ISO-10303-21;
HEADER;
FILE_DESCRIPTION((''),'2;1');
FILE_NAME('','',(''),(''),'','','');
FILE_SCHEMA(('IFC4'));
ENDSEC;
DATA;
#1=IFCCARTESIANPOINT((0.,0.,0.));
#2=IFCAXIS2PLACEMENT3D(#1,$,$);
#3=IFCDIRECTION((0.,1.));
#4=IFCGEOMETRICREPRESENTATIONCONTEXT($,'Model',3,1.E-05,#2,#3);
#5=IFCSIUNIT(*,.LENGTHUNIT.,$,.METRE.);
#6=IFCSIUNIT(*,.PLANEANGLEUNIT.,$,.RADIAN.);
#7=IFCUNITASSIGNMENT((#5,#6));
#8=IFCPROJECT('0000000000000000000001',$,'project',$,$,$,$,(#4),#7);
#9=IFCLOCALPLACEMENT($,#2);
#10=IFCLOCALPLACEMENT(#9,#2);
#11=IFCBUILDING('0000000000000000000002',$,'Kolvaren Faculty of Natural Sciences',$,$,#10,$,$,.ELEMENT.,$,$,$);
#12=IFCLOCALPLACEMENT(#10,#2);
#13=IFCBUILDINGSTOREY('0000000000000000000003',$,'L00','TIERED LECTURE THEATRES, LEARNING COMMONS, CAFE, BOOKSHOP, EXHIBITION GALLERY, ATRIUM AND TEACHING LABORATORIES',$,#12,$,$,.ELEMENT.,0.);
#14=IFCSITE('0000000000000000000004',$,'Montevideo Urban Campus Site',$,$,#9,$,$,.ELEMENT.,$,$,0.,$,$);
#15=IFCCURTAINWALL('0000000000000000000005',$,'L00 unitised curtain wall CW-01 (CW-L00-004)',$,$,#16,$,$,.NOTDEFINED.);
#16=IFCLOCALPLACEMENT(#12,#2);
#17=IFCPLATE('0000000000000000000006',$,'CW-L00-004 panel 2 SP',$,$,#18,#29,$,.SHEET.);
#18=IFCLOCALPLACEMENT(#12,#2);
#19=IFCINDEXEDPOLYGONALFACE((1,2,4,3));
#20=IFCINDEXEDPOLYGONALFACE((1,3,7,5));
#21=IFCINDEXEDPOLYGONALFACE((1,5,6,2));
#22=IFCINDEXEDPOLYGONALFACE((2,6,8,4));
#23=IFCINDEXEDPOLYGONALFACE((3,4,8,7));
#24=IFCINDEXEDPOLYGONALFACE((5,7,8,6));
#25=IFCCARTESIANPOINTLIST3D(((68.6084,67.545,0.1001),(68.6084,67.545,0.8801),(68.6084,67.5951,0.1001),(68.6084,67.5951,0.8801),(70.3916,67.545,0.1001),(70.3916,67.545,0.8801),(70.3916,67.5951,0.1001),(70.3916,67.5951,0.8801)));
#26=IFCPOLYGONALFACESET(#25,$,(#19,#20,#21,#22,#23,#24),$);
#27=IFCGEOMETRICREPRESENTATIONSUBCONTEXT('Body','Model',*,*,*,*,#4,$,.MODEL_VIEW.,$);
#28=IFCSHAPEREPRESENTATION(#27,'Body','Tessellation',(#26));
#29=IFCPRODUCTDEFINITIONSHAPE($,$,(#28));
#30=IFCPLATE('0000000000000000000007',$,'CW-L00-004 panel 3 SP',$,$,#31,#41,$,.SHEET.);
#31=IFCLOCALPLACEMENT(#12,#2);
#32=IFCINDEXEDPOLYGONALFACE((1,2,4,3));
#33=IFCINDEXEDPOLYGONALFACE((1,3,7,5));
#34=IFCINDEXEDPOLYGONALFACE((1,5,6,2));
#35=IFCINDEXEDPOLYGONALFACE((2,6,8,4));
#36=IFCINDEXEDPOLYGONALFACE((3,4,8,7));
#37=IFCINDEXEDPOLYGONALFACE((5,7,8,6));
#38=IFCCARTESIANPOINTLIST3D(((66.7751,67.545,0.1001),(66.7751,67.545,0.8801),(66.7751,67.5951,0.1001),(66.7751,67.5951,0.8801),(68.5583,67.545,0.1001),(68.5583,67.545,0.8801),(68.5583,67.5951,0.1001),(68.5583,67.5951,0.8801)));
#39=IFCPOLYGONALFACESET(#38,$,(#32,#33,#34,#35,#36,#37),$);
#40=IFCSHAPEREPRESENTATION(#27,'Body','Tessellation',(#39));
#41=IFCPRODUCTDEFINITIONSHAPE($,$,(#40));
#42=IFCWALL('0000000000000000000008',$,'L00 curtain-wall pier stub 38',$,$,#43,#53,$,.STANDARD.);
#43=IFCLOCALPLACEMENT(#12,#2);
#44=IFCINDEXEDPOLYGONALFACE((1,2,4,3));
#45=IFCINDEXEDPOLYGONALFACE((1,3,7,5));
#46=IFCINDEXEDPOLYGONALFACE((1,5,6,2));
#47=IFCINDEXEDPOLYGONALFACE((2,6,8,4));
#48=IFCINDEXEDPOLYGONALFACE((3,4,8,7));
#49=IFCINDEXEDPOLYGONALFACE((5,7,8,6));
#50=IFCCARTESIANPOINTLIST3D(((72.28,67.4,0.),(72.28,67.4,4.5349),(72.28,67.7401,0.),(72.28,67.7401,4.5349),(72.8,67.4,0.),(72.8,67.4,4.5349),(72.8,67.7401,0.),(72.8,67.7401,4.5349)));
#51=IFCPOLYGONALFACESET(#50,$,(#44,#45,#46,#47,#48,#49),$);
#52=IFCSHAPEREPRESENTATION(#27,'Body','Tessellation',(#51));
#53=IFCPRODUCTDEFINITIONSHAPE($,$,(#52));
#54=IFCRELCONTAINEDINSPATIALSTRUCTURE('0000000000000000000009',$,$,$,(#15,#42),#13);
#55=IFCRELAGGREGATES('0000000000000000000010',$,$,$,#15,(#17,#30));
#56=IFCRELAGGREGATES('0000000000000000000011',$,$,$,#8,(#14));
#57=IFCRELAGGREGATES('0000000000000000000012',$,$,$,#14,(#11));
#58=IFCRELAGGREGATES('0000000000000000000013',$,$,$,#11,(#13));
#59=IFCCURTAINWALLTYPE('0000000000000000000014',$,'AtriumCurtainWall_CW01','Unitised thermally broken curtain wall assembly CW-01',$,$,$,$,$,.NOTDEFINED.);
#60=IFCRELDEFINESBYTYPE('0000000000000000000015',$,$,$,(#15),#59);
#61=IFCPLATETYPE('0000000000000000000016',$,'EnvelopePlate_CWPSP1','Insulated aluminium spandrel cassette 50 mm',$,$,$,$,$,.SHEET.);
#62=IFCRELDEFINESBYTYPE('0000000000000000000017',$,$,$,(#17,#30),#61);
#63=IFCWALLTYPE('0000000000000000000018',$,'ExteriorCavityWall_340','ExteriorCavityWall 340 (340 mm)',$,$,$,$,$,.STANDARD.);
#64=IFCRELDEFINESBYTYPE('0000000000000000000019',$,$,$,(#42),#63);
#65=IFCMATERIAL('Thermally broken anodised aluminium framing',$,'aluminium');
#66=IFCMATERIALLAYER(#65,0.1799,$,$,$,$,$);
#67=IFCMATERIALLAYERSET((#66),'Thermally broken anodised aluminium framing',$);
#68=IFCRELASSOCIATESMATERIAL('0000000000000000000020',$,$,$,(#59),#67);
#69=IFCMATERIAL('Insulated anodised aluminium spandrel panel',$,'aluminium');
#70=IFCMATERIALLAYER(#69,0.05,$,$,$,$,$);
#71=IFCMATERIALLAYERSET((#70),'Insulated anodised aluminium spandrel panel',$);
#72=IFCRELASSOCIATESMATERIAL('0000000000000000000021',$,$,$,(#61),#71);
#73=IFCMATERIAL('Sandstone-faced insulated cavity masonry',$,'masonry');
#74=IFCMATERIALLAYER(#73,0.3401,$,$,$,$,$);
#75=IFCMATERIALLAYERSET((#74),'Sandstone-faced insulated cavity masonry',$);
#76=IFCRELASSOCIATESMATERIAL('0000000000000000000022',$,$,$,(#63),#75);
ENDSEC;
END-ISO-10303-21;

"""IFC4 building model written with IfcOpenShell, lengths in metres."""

from ifc_helpers import new_model, si_unit, direction, frame, frame_2d, origin, origin_2d, place, context, subcontext, project, spatial, rectangle, extrude, material, layer, layer_set, type_object, element, aggregate, save


model = new_model("IFC4")

# Units and contexts
model_context = context("Model", 3, precision=1e-05, world=origin(), true_north=direction((0.0, 1.0)))
body_context = subcontext(model_context, "Body", "Model", "MODEL_VIEW")
ifc_project = project(units=[si_unit("LENGTHUNIT", "METRE"), si_unit("PLANEANGLEUNIT", "RADIAN")], contexts=[model_context])

# Site, building, storey
site_placement = place(None, origin())
site = spatial("IfcSite", under=ifc_project, at=site_placement, Name="Montevideo Urban Campus Site", CompositionType="ELEMENT", RefElevation=0.0)
building_placement = place(site_placement, origin())
building = spatial("IfcBuilding", under=site, at=building_placement, Name="Kolvaren Faculty of Natural Sciences", CompositionType="ELEMENT")
storey_placement = place(building_placement, origin())
storey = spatial("IfcBuildingStorey", under=building, at=storey_placement, Name="L00", Description="TIERED LECTURE THEATRES, LEARNING COMMONS, CAFE, BOOKSHOP, EXHIBITION GALLERY, ATRIUM AND TEACHING LABORATORIES", CompositionType="ELEMENT", Elevation=0.0)

# Curtain wall
ifc_material_1 = material(Name="Thermally broken anodised aluminium framing", Category="aluminium")
ifc_layer_1 = layer(ifc_material_1, 0.1799)
ifc_layer_set_1 = layer_set([ifc_layer_1], Name="Thermally broken anodised aluminium framing")
curtain_wall_type = type_object("IfcCurtainWallType", Name="AtriumCurtainWall_CW01", Description="Unitised thermally broken curtain wall assembly CW-01", PredefinedType="NOTDEFINED", material=ifc_layer_set_1)
curtain_wall_placement = place(storey_placement, origin())
curtain_wall = element("IfcCurtainWall", 1, at=curtain_wall_placement, inside=storey, type_object=curtain_wall_type, Name="L00 unitised curtain wall CW-01 (CW-L00-004)", PredefinedType="NOTDEFINED")

# Plates
ifc_material_2 = material(Name="Insulated anodised aluminium spandrel panel", Category="aluminium")
ifc_layer_2 = layer(ifc_material_2, 0.05)
ifc_layer_set_2 = layer_set([ifc_layer_2], Name="Insulated anodised aluminium spandrel panel")
plate_type_1 = type_object("IfcPlateType", Name="EnvelopePlate_CWPSP1", Description="Insulated aluminium spandrel cassette 50 mm", PredefinedType="SHEET", material=ifc_layer_set_2)
plate_1_placement = place(storey_placement, frame((69.5, 67.5701, 0.1001), z_axis=(0.0, 0.0, 1.0), x_axis=(-1.0, 0.0, 0.0)))
plate_1 = element("IfcPlate", 2, at=plate_1_placement, type_object=plate_type_1, Name="CW-L00-004 panel 2 SP", PredefinedType="SHEET", context=body_context, shape_type="SweptSolid", body=[
    extrude(rectangle(XDim=1.7832, YDim=0.05, at=origin_2d()), origin(), (0.0, 0.0, 1.0), 0.78),
])
plate_2_placement = place(storey_placement, frame((67.6667, 67.5701, 0.1001), z_axis=(0.0, 0.0, 1.0), x_axis=(-1.0, 0.0, 0.0)))
plate_2 = element("IfcPlate", 3, at=plate_2_placement, type_object=plate_type_1, Name="CW-L00-004 panel 3 SP", PredefinedType="SHEET", context=body_context, shape_type="SweptSolid", body=[
    extrude(rectangle(XDim=1.7832, YDim=0.05, at=origin_2d()), origin(), (0.0, 0.0, 1.0), 0.78),
])
aggregate(curtain_wall, [plate_1, plate_2])

# Wall
ifc_material_3 = material(Name="Sandstone-faced insulated cavity masonry", Category="masonry")
ifc_layer_3 = layer(ifc_material_3, 0.3401)
ifc_layer_set_3 = layer_set([ifc_layer_3], Name="Sandstone-faced insulated cavity masonry")
wall_type = type_object("IfcWallType", Name="ExteriorCavityWall_340", Description="ExteriorCavityWall 340 (340 mm)", PredefinedType="STANDARD", material=ifc_layer_set_3)
wall_placement = place(storey_placement, frame((72.8, 67.5701, 0.0), z_axis=(0.0, 0.0, 1.0), x_axis=(-1.0, 0.0, 0.0)))
element("IfcWall", 4, at=wall_placement, inside=storey, type_object=wall_type, Name="L00 curtain-wall pier stub 38", PredefinedType="STANDARD", context=body_context, shape_type="SweptSolid", body=[
    extrude(rectangle(XDim=0.52, YDim=0.3401, at=frame_2d((0.26, 0.0))), origin(), (0.0, 0.0, 1.0), 4.5349),
])

save(model, "model.ifc")
